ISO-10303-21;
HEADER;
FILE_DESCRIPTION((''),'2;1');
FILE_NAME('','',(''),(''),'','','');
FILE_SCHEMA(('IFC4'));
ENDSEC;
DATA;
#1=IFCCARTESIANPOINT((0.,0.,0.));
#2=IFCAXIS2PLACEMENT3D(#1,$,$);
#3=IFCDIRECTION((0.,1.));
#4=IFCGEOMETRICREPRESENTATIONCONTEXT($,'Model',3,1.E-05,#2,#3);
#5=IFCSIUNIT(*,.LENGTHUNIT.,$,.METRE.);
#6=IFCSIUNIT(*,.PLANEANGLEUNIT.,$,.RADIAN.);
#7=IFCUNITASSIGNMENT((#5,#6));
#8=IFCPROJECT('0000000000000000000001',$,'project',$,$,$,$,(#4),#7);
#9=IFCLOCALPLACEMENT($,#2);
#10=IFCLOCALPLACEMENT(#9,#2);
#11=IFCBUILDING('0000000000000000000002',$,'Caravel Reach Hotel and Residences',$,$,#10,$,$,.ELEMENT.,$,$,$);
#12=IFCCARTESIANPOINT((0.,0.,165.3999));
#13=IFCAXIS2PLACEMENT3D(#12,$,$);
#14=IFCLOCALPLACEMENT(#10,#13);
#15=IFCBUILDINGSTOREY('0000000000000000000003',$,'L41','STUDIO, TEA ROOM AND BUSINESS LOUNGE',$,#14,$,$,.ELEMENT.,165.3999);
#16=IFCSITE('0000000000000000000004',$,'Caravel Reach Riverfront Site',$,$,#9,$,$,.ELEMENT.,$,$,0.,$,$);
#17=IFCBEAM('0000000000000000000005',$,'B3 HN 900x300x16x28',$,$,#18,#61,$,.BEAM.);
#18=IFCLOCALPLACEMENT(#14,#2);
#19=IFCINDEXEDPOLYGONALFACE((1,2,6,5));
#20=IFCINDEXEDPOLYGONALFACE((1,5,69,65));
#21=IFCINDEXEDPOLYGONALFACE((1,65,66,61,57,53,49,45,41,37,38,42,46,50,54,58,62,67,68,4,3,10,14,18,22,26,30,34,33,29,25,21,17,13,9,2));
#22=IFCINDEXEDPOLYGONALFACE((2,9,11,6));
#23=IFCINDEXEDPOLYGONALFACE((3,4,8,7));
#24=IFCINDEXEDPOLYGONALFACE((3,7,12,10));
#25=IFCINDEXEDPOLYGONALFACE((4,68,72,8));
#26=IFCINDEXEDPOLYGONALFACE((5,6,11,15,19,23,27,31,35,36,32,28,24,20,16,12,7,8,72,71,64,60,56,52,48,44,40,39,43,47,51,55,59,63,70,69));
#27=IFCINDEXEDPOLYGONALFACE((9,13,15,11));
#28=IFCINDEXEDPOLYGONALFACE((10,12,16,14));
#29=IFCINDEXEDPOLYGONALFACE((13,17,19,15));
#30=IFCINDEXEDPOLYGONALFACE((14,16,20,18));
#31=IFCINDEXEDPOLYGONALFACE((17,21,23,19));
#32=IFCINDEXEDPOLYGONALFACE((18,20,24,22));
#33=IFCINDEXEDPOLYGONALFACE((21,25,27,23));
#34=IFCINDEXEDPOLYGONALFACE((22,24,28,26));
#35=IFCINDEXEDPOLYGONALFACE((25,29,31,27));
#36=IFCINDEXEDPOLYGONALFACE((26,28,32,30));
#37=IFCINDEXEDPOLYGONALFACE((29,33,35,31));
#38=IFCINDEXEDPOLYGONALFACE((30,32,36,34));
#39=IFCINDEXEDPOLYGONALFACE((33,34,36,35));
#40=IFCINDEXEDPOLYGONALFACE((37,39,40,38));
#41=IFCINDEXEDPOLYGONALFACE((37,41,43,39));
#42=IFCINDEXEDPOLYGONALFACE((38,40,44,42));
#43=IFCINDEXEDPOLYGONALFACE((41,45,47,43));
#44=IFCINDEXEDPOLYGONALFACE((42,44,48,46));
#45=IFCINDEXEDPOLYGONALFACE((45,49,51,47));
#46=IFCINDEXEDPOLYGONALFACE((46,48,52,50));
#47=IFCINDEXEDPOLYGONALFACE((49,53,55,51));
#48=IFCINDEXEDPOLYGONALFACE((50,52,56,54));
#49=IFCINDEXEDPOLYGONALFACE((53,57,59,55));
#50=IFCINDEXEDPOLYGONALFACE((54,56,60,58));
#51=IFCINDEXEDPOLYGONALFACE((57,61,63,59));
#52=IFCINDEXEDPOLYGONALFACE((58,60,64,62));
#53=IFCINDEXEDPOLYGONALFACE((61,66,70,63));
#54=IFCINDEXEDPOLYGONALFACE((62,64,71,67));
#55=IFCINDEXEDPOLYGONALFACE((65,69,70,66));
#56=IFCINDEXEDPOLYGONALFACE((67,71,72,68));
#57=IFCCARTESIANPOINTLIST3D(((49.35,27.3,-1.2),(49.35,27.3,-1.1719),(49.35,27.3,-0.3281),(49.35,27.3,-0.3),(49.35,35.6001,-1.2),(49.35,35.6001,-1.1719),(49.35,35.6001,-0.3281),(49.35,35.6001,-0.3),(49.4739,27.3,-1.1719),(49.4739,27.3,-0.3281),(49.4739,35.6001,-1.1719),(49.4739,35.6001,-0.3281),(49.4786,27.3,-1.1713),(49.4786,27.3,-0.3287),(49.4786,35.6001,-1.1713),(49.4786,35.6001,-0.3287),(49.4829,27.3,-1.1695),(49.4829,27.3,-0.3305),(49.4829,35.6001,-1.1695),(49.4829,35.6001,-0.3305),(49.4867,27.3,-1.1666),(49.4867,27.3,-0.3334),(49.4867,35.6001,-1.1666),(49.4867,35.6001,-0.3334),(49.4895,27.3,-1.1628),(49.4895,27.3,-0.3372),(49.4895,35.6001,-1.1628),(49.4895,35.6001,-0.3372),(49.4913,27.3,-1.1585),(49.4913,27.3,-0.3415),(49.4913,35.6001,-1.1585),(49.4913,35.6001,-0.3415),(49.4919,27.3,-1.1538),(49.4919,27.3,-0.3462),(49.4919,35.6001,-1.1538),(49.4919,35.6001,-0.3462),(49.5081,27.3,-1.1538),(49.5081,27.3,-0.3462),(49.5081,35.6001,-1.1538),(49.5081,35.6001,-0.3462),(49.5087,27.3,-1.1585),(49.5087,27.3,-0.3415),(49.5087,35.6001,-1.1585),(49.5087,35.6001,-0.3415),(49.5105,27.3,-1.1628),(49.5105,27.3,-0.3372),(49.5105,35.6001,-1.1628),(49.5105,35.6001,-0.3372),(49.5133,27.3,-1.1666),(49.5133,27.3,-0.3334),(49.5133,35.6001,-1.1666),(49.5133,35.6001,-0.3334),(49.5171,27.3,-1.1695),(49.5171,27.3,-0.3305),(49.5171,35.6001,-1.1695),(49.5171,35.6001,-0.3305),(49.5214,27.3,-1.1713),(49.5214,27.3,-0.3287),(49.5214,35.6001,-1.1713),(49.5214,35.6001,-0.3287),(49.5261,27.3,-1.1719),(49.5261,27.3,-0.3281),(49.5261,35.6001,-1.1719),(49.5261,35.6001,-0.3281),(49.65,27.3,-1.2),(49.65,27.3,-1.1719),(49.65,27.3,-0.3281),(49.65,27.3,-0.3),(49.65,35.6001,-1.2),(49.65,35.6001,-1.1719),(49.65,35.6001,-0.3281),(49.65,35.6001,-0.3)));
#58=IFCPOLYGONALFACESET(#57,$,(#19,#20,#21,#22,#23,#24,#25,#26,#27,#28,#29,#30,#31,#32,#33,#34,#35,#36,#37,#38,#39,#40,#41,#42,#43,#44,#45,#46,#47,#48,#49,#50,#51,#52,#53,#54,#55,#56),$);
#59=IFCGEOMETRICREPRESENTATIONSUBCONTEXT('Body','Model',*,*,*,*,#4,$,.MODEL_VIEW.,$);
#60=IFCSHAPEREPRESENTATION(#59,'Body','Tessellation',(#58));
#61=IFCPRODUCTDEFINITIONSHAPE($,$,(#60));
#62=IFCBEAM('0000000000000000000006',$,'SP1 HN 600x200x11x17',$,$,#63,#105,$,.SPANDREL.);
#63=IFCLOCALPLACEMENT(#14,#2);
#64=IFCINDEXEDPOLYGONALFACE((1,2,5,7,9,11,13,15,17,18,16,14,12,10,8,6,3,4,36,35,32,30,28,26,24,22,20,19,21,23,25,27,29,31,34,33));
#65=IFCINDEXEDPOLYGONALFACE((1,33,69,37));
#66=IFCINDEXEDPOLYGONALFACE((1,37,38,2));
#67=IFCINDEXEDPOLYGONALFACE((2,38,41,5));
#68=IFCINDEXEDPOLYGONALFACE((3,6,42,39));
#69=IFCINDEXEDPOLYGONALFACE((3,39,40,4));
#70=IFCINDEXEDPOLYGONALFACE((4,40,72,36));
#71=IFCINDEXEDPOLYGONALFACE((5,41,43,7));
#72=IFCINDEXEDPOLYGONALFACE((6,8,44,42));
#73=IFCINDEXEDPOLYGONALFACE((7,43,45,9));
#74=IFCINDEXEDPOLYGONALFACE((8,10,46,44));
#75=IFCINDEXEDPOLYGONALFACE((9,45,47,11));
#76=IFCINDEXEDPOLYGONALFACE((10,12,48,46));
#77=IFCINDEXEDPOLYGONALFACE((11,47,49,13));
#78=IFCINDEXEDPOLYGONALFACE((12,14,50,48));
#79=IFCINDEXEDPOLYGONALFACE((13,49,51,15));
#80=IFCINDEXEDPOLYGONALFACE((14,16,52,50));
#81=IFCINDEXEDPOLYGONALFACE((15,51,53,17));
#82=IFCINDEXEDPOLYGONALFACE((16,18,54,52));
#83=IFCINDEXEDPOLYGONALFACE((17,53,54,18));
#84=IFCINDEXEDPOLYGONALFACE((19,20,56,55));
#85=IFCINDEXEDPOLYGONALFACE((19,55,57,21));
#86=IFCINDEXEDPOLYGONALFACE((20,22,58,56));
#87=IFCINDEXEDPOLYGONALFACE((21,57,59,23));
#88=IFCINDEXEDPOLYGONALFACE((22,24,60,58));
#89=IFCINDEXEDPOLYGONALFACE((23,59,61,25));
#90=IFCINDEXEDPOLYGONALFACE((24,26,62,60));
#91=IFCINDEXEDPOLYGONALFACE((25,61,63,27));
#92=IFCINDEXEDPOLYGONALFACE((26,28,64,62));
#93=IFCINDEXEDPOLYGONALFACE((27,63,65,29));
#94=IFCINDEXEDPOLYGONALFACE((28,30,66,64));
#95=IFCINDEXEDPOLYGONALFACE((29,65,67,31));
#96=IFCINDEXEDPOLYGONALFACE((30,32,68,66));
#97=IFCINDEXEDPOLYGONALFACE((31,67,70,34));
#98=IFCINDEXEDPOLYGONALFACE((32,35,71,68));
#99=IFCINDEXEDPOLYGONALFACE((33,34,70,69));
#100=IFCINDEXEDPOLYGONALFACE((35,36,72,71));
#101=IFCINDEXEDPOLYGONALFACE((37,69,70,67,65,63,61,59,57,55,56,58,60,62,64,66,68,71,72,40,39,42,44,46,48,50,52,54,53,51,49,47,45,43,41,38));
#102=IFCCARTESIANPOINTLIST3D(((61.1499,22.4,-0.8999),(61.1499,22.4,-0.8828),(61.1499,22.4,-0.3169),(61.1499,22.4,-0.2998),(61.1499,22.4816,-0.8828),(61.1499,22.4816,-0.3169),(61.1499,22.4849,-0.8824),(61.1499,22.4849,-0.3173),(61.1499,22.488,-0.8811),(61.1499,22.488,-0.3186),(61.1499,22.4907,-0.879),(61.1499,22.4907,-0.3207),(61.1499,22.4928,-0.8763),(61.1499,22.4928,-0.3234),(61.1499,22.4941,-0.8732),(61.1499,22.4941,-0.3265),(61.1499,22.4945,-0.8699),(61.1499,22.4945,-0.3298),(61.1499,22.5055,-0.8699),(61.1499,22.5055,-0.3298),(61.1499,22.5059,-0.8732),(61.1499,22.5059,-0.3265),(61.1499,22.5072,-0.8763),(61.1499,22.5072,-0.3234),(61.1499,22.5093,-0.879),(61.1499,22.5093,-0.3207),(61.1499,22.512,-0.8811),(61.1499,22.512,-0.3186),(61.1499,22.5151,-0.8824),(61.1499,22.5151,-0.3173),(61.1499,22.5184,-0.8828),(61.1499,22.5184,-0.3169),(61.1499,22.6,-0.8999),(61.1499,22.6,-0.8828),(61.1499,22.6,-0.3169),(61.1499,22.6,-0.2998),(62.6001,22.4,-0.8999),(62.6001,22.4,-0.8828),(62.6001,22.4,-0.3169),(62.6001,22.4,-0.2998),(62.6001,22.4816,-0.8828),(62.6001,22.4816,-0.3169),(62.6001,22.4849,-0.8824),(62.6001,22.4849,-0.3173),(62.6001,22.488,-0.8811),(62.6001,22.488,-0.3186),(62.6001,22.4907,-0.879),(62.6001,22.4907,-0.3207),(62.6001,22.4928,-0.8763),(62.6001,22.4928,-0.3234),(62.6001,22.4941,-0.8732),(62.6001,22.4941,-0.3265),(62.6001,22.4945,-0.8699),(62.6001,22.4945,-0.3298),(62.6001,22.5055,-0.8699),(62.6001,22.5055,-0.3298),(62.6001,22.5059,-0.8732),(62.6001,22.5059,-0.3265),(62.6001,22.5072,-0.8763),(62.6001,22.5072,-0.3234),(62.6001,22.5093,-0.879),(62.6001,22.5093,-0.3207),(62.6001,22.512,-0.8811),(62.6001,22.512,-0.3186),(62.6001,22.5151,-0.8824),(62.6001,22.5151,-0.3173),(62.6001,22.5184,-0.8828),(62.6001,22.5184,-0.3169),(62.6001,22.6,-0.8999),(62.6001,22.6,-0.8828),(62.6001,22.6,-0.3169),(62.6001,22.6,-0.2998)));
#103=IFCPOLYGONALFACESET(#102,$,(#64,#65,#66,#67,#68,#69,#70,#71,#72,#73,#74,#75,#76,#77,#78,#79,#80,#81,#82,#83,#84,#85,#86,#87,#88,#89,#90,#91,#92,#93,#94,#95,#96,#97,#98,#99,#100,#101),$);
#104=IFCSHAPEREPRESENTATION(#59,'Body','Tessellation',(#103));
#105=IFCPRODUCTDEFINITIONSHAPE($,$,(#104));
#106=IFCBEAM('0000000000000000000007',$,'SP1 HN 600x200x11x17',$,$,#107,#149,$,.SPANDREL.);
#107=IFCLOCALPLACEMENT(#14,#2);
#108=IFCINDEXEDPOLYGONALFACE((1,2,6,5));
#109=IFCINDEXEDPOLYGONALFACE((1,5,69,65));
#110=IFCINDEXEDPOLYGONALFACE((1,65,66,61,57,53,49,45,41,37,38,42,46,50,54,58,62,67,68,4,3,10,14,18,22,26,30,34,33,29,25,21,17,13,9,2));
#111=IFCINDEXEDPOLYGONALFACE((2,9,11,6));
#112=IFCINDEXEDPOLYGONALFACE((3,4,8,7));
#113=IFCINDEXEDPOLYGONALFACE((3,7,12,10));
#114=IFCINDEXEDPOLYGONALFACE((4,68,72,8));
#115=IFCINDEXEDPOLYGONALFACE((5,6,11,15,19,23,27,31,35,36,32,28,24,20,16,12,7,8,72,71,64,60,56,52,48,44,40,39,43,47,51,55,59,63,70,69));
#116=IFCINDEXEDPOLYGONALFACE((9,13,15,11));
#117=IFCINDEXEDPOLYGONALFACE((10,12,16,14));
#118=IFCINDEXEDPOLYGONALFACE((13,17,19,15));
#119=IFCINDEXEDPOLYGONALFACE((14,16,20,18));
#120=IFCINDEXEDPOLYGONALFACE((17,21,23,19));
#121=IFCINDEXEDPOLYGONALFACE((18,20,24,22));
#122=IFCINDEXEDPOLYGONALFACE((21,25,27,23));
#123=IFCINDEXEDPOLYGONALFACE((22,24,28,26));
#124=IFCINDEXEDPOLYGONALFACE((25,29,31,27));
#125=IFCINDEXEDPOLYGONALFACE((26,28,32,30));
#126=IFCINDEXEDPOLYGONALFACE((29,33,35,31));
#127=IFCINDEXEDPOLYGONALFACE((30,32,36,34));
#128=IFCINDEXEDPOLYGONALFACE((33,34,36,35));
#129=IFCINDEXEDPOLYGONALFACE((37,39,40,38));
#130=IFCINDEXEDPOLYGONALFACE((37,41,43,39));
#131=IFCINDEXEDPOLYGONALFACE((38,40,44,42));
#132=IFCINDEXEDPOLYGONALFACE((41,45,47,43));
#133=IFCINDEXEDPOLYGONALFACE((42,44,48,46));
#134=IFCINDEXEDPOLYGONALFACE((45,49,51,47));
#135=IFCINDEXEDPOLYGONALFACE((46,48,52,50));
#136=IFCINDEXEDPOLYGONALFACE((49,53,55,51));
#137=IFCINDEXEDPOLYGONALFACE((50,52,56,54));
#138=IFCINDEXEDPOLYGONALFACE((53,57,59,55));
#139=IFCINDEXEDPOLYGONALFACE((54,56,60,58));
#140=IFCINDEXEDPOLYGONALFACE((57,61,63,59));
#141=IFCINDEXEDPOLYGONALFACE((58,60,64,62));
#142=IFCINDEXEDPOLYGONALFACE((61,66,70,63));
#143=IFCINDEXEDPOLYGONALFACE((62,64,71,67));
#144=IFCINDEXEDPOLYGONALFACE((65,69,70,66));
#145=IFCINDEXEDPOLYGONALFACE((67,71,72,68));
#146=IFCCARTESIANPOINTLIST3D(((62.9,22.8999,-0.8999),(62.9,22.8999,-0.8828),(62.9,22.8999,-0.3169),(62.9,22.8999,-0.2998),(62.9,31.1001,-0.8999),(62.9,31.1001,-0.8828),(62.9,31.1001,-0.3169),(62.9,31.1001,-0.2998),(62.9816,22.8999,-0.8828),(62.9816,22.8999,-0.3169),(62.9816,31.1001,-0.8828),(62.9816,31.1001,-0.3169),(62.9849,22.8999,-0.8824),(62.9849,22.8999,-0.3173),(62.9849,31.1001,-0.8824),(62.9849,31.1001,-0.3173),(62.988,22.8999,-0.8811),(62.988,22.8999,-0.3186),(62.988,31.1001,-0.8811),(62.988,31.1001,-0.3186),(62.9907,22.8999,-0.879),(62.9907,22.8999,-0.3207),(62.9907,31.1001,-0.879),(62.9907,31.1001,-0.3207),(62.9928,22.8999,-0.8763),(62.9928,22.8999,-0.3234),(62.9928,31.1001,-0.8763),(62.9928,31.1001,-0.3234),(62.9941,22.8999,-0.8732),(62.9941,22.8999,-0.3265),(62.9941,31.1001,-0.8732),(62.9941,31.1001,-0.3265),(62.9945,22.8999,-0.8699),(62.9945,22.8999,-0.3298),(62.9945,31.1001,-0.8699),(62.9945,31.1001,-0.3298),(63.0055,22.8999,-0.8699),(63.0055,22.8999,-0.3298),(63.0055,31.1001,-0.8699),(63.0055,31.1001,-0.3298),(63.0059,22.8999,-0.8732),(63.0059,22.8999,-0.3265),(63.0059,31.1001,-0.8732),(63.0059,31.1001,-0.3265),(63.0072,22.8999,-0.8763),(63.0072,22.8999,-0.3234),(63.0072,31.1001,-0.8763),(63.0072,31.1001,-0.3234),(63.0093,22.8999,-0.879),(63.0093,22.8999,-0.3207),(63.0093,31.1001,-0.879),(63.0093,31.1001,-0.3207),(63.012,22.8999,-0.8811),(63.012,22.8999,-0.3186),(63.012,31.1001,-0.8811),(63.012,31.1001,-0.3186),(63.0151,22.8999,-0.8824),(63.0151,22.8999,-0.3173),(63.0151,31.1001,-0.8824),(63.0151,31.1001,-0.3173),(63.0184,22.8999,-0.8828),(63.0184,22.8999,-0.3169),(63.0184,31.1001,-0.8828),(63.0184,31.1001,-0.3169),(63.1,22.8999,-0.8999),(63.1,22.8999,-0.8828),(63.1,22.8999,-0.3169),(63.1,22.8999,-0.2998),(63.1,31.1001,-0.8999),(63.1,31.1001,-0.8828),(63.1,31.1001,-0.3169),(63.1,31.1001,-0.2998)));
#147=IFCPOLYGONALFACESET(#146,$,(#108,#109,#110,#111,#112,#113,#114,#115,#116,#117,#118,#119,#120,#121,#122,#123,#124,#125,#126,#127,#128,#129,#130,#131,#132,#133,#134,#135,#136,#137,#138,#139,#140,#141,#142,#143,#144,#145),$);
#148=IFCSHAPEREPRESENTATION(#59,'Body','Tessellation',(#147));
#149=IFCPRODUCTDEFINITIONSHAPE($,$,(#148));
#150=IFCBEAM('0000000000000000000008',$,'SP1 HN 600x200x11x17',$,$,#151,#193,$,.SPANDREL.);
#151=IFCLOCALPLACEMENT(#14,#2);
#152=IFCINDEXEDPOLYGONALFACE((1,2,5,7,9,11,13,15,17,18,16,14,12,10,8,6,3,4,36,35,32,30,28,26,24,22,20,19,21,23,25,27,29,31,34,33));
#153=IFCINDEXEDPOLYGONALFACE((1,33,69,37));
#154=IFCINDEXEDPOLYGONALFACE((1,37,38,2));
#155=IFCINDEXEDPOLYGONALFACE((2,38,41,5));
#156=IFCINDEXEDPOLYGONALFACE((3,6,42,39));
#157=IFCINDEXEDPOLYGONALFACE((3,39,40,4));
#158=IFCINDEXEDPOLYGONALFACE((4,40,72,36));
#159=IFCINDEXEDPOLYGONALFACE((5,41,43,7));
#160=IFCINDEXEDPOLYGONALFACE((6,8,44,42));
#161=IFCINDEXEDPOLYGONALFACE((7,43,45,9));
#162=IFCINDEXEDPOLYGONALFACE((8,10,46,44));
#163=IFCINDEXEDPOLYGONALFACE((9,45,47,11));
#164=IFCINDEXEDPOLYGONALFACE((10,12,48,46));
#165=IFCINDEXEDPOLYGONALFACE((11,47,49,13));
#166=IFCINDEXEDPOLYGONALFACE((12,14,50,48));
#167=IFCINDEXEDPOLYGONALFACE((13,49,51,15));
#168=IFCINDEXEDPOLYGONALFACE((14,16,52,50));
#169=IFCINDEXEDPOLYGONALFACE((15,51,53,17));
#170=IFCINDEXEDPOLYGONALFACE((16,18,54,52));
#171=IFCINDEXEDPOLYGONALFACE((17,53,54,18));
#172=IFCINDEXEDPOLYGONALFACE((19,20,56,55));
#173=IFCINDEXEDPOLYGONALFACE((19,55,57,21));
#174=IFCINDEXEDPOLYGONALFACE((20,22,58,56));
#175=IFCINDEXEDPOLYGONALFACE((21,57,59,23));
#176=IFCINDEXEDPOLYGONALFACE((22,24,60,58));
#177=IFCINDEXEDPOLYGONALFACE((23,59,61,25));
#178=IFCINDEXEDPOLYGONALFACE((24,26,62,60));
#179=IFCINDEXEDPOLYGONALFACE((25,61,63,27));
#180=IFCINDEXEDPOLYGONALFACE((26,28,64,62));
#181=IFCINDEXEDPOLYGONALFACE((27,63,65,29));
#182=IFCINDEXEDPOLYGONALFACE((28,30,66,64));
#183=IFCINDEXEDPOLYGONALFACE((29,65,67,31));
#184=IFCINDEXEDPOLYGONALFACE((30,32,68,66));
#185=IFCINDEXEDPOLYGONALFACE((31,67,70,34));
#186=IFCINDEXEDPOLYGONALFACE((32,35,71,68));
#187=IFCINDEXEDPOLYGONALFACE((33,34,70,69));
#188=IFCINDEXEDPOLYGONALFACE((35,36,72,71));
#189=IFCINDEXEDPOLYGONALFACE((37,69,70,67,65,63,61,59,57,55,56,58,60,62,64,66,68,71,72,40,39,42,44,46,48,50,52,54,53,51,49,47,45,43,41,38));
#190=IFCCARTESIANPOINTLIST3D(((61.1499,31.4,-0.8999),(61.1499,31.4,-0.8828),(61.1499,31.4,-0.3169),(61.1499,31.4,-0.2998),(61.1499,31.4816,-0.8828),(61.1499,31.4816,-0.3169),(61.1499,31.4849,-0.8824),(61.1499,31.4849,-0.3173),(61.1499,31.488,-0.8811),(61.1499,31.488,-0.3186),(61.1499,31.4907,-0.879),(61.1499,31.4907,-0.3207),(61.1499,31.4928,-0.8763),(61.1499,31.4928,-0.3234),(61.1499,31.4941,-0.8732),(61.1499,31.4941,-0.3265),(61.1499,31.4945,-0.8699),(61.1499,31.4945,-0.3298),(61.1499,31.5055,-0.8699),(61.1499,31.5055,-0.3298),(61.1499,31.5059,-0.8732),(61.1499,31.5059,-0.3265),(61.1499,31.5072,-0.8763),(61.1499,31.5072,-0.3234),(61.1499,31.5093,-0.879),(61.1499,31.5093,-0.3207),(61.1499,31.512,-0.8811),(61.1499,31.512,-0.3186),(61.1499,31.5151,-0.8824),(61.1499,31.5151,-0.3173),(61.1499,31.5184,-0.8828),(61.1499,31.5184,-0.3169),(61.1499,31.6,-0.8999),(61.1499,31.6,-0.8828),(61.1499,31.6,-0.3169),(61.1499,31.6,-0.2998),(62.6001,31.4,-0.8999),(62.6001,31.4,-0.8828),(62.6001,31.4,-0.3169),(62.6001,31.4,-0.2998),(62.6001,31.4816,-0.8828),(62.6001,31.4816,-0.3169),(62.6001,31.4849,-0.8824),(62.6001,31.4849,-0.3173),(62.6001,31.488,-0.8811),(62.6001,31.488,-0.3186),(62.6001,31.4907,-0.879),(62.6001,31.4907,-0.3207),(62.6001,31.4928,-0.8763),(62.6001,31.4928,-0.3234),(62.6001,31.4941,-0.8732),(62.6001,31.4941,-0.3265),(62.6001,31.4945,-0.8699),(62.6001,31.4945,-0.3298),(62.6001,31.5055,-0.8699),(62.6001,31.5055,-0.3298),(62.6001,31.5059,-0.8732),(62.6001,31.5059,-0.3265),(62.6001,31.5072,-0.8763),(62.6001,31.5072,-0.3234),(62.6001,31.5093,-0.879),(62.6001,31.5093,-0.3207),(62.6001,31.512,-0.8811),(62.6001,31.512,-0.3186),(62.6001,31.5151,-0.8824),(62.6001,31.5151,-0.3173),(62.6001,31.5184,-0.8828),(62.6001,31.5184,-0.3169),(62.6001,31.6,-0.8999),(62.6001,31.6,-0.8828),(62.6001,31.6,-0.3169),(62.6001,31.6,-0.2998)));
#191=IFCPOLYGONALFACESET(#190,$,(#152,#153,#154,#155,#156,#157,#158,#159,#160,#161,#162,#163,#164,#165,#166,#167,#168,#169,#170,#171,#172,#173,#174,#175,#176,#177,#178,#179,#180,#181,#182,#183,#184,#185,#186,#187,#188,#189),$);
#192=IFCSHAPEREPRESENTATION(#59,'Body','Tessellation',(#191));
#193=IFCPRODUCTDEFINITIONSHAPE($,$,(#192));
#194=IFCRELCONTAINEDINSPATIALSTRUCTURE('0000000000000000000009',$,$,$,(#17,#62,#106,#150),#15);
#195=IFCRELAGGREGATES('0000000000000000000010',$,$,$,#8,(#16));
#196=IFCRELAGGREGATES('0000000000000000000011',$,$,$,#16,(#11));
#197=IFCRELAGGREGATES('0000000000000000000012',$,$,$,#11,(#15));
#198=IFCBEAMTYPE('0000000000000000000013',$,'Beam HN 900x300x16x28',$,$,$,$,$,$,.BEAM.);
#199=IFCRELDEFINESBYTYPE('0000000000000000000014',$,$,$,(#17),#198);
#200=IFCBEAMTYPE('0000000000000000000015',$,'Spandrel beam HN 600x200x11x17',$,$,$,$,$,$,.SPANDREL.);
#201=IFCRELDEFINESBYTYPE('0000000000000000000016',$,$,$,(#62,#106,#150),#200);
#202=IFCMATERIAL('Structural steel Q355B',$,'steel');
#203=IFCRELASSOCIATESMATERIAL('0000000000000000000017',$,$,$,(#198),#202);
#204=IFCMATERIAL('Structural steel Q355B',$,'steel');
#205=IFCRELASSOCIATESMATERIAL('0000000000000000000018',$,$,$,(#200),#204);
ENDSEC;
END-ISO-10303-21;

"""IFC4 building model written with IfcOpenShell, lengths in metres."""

from ifc_helpers import new_model, si_unit, direction, frame, origin, origin_2d, place, context, subcontext, project, spatial, i_section, extrude, material, material_profile, profile_set, type_object, element, save


model = new_model("IFC4")

# Units and contexts
model_context = context("Model", 3, precision=1e-05, world=origin(), true_north=direction((0.0, 1.0)))
body_context = subcontext(model_context, "Body", "Model", "MODEL_VIEW")
ifc_project = project(units=[si_unit("LENGTHUNIT", "METRE"), si_unit("PLANEANGLEUNIT", "RADIAN")], contexts=[model_context])

# Site, building, storey
site_placement = place(None, origin())
site = spatial("IfcSite", under=ifc_project, at=site_placement, Name="Caravel Reach Riverfront Site", CompositionType="ELEMENT", RefElevation=0.0)
building_placement = place(site_placement, origin())
building = spatial("IfcBuilding", under=site, at=building_placement, Name="Caravel Reach Hotel and Residences", CompositionType="ELEMENT")
storey_placement = place(building_placement, frame((0.0, 0.0, 165.3999)))
storey = spatial("IfcBuildingStorey", under=building, at=storey_placement, Name="L41", Description="STUDIO, TEA ROOM AND BUSINESS LOUNGE", CompositionType="ELEMENT", Elevation=165.3999)

# Beams
ifc_material_1 = material(Name="Structural steel Q355B", Category="steel")
ifc_material_profile_1 = material_profile(ifc_material_1, i_section(OverallWidth=0.3, OverallDepth=0.8999, WebThickness=0.0161, FlangeThickness=0.0281, FilletRadius=0.0181, at=origin_2d()), Name="HN 900x300x16x28")
ifc_profile_set_1 = profile_set([ifc_material_profile_1], Name="Structural steel Q355B")
beam_type_1 = type_object("IfcBeamType", Name="Beam HN 900x300x16x28", PredefinedType="BEAM", material=ifc_profile_set_1)
beam_1_placement = place(storey_placement, frame((49.5, 27.3, -0.75), z_axis=(0.0, 1.0, 0.0), x_axis=(-1.0, 0.0, 0.0)))
element("IfcBeam", 1, at=beam_1_placement, inside=storey, type_object=beam_type_1, Name="B3 HN 900x300x16x28", PredefinedType="BEAM", context=body_context, shape_type="SweptSolid", body=[
    extrude(i_section(OverallWidth=0.3, OverallDepth=0.8999, WebThickness=0.0161, FlangeThickness=0.0281, FilletRadius=0.0181, at=origin_2d()), origin(), (0.0, 0.0, 1.0), 8.3),
])
ifc_material_2 = material(Name="Structural steel Q355B", Category="steel")
ifc_material_profile_2 = material_profile(ifc_material_2, i_section(OverallWidth=0.2, OverallDepth=0.6001, WebThickness=0.011, FlangeThickness=0.0171, FilletRadius=0.0129, at=origin_2d()), Name="HN 600x200x11x17")
ifc_profile_set_2 = profile_set([ifc_material_profile_2], Name="Structural steel Q355B")
beam_type_2 = type_object("IfcBeamType", Name="Spandrel beam HN 600x200x11x17", PredefinedType="SPANDREL", material=ifc_profile_set_2)
beam_2_placement = place(storey_placement, frame((61.1499, 22.5, -0.5999), z_axis=(1.0, 0.0, 0.0), x_axis=(0.0, 1.0, 0.0)))
element("IfcBeam", 2, at=beam_2_placement, inside=storey, type_object=beam_type_2, Name="SP1 HN 600x200x11x17", PredefinedType="SPANDREL", context=body_context, shape_type="SweptSolid", body=[
    extrude(i_section(OverallWidth=0.2, OverallDepth=0.6001, WebThickness=0.011, FlangeThickness=0.0171, FilletRadius=0.0129, at=origin_2d()), origin(), (0.0, 0.0, 1.0), 1.4502),
])
beam_3_placement = place(storey_placement, frame((63.0, 22.8999, -0.5999), z_axis=(0.0, 1.0, 0.0), x_axis=(-1.0, 0.0, 0.0)))
element("IfcBeam", 3, at=beam_3_placement, inside=storey, type_object=beam_type_2, Name="SP1 HN 600x200x11x17", PredefinedType="SPANDREL", context=body_context, shape_type="SweptSolid", body=[
    extrude(i_section(OverallWidth=0.2, OverallDepth=0.6001, WebThickness=0.011, FlangeThickness=0.0171, FilletRadius=0.0129, at=origin_2d()), origin(), (0.0, 0.0, 1.0), 8.2002),
])
for number, where, z_axis, x_axis, name in (
    (4, (62.6001, 31.5, -0.5999), (-1.0, 0.0, 0.0), (0.0, -1.0, 0.0), "SP1 HN 600x200x11x17"),
):
    element("IfcBeam", number, at=place(storey_placement, frame(where, z_axis=z_axis, x_axis=x_axis)), inside=storey, type_object=beam_type_2, Name=name, PredefinedType="SPANDREL", context=body_context, shape_type="SweptSolid", body=[
        extrude(i_section(OverallWidth=0.2, OverallDepth=0.6001, WebThickness=0.011, FlangeThickness=0.0171, FilletRadius=0.0129, at=origin_2d()), origin(), (0.0, 0.0, 1.0), 1.4502),
    ])

save(model, "model.ifc")
